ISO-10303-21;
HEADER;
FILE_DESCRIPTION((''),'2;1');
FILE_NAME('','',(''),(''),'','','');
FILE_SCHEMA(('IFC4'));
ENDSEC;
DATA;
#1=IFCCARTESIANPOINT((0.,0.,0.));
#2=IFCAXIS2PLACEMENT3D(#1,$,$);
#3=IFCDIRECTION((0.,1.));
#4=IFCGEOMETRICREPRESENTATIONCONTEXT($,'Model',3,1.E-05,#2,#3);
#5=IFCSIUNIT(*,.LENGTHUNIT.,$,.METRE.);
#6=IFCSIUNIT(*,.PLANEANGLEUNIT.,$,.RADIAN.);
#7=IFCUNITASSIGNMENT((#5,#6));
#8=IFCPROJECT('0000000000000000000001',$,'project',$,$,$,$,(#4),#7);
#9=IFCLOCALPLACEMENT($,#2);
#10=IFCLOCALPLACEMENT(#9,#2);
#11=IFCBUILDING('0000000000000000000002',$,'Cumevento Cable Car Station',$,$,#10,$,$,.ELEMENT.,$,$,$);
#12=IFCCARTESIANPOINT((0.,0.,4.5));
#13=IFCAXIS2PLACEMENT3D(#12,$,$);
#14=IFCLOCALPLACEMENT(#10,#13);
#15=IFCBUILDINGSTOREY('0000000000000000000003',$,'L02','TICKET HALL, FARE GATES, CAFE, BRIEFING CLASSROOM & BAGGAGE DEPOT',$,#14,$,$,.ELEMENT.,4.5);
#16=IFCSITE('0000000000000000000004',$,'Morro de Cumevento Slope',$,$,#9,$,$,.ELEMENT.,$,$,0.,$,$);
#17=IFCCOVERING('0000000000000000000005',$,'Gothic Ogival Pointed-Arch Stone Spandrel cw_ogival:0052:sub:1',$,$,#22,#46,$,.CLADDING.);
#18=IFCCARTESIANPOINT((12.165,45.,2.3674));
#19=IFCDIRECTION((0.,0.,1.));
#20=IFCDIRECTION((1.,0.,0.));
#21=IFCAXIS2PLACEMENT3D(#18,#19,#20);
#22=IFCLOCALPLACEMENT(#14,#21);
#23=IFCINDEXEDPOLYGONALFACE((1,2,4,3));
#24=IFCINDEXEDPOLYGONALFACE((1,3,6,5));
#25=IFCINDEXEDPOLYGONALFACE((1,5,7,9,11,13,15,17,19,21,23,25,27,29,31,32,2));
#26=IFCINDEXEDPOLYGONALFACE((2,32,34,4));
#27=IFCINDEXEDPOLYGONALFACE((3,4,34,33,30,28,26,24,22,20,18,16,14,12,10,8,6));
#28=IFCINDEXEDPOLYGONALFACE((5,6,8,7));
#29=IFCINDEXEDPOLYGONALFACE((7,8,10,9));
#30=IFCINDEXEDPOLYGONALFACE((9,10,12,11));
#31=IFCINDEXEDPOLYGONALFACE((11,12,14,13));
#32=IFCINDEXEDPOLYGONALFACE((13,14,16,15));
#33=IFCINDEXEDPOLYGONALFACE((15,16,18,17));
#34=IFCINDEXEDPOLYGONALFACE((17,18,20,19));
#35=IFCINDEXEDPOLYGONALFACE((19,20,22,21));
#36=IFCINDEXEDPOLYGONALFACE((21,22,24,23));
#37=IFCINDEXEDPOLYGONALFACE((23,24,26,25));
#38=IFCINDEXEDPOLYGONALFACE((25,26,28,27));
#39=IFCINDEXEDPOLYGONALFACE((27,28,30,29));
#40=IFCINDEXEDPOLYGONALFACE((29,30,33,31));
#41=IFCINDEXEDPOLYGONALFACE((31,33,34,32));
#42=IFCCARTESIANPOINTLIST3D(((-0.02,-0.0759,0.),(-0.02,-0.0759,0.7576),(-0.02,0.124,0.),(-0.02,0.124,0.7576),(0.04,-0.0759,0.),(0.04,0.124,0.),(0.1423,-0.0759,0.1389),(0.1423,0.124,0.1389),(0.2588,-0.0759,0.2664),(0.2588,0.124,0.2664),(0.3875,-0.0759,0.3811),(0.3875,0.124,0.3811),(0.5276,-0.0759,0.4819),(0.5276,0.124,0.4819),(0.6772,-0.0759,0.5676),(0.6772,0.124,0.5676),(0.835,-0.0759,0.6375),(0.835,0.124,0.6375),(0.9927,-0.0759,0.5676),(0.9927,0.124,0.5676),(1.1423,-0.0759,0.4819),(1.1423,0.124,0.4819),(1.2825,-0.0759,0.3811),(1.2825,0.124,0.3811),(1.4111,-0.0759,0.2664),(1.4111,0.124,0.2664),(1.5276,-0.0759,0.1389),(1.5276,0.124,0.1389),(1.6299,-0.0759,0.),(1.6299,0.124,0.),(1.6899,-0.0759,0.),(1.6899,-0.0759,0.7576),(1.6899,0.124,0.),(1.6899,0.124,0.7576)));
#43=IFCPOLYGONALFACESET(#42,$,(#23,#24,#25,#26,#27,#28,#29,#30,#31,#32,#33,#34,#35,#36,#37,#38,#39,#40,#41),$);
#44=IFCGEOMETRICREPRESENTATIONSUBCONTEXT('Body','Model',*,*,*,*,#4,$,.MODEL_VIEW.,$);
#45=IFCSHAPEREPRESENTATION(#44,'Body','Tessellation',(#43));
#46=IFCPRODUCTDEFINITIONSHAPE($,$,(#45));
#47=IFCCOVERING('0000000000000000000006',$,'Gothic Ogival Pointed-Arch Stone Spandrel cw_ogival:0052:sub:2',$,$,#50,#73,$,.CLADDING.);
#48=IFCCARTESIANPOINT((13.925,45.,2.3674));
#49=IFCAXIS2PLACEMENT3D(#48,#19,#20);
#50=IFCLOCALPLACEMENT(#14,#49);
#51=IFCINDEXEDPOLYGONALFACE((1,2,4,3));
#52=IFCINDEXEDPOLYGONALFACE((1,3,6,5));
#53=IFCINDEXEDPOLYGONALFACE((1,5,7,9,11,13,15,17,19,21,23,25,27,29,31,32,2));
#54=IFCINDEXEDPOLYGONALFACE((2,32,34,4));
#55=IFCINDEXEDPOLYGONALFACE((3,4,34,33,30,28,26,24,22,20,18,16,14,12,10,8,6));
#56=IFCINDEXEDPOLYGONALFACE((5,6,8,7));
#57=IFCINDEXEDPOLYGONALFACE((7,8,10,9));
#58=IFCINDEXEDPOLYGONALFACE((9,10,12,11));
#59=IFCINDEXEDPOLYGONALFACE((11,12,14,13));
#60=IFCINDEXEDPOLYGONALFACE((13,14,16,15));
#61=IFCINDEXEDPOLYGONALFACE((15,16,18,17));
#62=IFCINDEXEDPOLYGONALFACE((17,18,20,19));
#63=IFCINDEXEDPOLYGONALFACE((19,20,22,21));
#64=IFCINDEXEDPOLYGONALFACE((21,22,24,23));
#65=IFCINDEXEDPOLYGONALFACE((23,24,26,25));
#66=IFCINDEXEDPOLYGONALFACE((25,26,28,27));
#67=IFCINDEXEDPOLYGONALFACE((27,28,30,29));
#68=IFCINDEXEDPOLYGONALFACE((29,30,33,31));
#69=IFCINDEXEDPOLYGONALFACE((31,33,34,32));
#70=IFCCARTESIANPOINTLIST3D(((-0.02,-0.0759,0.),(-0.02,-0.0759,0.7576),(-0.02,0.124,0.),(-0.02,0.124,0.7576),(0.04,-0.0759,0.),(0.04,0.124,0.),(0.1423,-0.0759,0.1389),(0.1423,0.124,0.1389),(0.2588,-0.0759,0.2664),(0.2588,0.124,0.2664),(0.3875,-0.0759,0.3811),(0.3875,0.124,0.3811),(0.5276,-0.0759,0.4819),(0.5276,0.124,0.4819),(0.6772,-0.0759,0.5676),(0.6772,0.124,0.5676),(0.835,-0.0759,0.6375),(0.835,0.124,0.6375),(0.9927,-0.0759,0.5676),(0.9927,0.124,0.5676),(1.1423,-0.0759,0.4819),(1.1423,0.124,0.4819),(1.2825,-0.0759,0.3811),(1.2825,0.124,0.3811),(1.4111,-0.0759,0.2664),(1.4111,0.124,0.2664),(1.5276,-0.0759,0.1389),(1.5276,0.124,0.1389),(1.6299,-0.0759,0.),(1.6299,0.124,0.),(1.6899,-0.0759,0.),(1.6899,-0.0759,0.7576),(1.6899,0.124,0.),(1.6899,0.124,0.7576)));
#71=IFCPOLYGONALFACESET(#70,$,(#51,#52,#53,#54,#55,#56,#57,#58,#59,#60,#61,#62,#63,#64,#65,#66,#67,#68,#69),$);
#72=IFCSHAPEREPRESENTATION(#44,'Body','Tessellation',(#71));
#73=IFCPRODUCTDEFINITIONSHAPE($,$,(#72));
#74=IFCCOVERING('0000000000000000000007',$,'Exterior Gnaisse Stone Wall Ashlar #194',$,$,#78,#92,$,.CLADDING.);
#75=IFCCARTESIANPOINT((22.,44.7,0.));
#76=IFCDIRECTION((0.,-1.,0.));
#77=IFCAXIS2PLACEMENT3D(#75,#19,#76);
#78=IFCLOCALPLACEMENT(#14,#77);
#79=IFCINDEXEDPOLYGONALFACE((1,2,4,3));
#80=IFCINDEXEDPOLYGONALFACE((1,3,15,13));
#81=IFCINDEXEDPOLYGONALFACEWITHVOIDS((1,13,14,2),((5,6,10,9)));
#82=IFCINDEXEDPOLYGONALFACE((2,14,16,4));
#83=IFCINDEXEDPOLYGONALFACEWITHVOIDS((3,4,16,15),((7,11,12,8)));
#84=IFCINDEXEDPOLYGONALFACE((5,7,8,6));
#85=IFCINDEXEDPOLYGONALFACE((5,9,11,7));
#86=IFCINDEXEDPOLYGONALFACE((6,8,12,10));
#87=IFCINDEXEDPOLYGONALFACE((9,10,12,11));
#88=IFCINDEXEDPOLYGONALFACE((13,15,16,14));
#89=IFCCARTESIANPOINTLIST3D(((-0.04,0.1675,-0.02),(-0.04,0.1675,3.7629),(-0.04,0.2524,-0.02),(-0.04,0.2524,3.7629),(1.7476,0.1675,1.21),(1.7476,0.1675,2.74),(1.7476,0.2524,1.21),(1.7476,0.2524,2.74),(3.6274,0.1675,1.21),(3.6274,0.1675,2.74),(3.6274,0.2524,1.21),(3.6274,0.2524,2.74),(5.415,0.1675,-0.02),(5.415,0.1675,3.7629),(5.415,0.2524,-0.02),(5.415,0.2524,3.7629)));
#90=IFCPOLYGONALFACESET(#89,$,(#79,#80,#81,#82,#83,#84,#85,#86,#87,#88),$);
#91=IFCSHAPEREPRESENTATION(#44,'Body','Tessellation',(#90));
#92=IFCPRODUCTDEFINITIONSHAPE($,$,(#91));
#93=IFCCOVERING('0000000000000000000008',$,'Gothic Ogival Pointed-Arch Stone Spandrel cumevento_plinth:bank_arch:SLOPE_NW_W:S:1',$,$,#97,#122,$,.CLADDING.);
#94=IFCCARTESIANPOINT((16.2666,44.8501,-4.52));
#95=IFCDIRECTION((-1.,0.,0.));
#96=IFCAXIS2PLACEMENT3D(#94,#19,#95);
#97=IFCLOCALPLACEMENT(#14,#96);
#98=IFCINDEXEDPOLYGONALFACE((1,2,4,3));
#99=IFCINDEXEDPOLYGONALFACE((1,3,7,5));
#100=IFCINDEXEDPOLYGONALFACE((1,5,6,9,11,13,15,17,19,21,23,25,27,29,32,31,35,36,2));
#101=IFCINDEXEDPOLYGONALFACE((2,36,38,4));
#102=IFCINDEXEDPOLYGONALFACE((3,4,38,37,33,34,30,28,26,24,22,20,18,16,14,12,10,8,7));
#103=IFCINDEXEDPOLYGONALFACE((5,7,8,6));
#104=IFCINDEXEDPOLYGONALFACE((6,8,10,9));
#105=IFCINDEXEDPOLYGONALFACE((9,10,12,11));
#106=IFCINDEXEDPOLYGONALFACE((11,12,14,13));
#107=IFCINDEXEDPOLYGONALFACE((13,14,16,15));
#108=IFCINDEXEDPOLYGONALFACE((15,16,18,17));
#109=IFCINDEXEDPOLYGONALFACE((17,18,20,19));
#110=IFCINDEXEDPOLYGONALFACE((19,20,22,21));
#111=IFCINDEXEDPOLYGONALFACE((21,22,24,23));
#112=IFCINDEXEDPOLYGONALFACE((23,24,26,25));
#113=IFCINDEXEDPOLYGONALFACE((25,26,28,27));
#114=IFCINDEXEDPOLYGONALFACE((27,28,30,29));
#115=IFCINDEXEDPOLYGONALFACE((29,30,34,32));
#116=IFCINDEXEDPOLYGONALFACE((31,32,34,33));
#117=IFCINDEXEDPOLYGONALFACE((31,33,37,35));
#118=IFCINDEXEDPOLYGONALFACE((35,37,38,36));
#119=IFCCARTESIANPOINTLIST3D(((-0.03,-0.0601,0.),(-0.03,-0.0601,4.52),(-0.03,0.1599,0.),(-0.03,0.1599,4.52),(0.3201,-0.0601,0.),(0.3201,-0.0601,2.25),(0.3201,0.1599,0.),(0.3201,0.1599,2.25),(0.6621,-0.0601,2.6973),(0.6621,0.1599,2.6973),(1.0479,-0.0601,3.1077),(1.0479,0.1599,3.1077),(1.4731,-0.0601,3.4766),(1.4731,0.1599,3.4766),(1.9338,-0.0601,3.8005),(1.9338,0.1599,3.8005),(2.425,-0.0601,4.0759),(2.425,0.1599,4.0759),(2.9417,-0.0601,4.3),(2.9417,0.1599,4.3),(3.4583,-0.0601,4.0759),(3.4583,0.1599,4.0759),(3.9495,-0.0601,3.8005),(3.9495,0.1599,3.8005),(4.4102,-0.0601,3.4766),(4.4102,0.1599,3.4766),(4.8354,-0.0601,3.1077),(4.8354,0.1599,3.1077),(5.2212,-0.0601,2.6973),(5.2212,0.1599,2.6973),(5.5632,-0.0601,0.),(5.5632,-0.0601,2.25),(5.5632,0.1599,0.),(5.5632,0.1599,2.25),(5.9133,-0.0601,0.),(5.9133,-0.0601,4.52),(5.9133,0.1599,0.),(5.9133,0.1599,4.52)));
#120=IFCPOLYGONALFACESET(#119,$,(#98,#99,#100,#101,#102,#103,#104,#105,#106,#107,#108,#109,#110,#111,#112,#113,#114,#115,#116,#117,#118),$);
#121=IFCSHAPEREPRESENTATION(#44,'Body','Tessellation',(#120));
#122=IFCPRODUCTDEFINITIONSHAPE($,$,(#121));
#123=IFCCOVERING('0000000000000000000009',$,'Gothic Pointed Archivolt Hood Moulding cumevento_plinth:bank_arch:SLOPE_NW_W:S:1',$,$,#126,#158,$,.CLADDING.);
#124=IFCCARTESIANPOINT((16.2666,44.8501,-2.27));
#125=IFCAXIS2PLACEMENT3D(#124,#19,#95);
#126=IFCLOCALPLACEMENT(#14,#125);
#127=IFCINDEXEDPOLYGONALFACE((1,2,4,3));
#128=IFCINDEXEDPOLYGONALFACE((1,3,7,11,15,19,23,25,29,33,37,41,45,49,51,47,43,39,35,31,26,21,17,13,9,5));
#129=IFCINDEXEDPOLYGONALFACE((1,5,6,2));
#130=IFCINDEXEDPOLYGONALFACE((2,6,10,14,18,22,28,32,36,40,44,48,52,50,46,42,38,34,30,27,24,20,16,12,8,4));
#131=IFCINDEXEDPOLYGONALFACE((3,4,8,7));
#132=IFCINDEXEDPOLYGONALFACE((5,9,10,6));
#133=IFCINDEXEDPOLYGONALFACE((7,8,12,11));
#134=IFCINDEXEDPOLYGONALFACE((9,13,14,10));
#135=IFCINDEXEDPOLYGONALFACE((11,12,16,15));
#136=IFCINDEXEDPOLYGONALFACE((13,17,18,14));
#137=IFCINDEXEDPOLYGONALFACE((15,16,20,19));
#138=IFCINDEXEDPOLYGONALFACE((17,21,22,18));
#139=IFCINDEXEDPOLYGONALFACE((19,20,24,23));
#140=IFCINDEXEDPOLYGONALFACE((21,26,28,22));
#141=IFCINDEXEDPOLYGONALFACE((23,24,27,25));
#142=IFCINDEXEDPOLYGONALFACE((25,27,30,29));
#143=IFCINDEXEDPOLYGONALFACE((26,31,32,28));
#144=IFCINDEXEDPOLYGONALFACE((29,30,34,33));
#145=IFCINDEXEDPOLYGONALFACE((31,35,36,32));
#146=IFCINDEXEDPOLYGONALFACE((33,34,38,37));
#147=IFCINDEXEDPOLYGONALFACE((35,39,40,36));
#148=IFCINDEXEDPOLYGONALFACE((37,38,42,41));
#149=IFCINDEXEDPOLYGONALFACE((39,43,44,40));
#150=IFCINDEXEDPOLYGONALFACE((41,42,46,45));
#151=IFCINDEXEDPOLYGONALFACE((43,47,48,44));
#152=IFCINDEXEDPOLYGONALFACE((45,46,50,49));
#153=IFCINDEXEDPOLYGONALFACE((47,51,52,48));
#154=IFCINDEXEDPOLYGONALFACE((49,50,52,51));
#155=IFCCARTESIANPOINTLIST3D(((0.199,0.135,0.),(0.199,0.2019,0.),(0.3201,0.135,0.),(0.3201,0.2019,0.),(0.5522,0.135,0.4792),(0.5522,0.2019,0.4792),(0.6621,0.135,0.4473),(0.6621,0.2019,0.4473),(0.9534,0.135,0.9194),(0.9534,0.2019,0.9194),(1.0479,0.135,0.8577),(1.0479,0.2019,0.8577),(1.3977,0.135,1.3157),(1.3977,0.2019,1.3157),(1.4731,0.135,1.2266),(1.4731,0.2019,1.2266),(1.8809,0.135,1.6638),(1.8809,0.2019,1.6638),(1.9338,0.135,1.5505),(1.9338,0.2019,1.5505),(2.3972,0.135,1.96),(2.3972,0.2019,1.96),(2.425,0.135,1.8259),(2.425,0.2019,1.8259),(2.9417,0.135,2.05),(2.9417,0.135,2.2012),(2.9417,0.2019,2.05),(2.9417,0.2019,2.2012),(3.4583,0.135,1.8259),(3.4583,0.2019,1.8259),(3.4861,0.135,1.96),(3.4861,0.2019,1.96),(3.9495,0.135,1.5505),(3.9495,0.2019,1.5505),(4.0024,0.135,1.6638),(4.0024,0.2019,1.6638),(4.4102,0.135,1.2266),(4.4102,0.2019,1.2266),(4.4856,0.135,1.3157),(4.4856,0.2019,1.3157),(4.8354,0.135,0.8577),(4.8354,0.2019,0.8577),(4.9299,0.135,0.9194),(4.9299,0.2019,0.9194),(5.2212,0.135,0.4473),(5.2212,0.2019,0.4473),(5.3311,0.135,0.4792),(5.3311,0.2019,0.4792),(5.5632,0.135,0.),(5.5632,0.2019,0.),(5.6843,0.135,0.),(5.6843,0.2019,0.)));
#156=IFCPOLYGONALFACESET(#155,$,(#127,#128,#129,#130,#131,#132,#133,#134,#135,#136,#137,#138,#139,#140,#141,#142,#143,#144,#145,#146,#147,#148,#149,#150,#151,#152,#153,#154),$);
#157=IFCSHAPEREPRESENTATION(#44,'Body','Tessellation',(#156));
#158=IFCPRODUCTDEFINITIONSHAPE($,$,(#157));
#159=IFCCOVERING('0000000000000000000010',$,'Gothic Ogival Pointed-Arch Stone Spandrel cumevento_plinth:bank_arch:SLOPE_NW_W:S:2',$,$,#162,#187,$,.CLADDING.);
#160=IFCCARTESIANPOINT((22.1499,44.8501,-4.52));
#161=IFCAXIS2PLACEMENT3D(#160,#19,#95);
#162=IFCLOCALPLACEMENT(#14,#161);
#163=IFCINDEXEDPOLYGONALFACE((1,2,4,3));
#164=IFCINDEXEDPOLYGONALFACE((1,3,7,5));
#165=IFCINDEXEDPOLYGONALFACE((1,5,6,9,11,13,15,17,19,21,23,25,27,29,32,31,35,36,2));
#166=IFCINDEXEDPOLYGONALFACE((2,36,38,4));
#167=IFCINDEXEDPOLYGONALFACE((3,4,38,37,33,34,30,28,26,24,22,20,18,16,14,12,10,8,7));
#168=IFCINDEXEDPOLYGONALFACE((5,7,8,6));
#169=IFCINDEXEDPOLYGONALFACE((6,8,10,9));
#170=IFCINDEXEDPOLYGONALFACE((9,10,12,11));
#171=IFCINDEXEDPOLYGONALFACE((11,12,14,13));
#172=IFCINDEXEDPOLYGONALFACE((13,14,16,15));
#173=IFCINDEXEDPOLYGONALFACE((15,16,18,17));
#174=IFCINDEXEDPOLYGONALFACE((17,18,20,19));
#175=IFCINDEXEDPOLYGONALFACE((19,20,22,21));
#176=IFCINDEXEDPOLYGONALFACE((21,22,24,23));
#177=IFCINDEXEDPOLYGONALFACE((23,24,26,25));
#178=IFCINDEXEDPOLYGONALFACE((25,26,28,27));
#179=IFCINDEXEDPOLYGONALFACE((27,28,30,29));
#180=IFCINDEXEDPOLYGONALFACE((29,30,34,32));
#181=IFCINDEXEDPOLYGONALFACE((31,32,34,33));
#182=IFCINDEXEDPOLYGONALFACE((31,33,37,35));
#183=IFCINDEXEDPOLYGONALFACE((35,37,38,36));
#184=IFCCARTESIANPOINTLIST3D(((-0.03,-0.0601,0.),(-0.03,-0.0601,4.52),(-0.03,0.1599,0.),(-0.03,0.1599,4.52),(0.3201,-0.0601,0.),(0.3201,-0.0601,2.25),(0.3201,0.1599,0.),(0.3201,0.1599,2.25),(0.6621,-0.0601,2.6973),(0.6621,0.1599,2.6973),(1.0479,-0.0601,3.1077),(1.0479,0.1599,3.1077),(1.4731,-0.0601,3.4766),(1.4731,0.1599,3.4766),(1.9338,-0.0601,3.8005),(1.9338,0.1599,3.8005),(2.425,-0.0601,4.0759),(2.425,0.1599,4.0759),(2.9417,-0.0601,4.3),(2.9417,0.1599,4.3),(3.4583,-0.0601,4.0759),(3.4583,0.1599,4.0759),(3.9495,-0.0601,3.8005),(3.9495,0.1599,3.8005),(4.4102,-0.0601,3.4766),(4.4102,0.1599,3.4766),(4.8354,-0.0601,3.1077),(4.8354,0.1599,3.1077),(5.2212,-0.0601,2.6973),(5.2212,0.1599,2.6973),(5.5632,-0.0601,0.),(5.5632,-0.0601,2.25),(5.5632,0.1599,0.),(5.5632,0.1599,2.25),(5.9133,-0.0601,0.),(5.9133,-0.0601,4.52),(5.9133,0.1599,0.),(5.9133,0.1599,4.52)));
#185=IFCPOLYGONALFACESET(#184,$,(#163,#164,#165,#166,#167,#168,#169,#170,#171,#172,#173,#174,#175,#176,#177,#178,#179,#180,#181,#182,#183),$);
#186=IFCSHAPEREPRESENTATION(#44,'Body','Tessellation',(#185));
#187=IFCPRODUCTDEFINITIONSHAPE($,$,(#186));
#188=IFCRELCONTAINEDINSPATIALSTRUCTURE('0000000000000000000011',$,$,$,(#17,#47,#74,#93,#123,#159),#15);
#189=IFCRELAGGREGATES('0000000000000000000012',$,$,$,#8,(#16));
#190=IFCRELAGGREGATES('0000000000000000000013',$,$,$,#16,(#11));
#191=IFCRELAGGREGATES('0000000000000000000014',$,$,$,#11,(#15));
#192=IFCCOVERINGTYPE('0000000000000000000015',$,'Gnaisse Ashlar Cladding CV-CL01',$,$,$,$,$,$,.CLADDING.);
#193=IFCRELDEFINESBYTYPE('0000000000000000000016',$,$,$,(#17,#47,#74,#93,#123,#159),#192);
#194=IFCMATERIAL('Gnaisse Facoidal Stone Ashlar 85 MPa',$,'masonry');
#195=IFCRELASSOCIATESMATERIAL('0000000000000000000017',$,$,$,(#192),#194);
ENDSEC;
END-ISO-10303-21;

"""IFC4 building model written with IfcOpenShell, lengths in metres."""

from ifc_helpers import new_model, si_unit, direction, frame, origin, place, context, subcontext, project, spatial, polyline, outline, extrude, material, type_object, element, save


model = new_model("IFC4")

# Units and contexts
model_context = context("Model", 3, precision=1e-05, world=origin(), true_north=direction((0.0, 1.0)))
body_context = subcontext(model_context, "Body", "Model", "MODEL_VIEW")
ifc_project = project(units=[si_unit("LENGTHUNIT", "METRE"), si_unit("PLANEANGLEUNIT", "RADIAN")], contexts=[model_context])

# Site, building, storey
site_placement = place(None, origin())
site = spatial("IfcSite", under=ifc_project, at=site_placement, Name="Morro de Cumevento Slope", CompositionType="ELEMENT", RefElevation=0.0)
building_placement = place(site_placement, origin())
building = spatial("IfcBuilding", under=site, at=building_placement, Name="Cumevento Cable Car Station", CompositionType="ELEMENT")
storey_placement = place(building_placement, frame((0.0, 0.0, 4.5)))
storey = spatial("IfcBuildingStorey", under=building, at=storey_placement, Name="L02", Description="TICKET HALL, FARE GATES, CAFE, BRIEFING CLASSROOM & BAGGAGE DEPOT", CompositionType="ELEMENT", Elevation=4.5)

# Coverings
ifc_material_1 = material(Name="Gnaisse Facoidal Stone Ashlar 85 MPa", Category="masonry")
covering_type = type_object("IfcCoveringType", Name="Gnaisse Ashlar Cladding CV-CL01", PredefinedType="CLADDING", material=ifc_material_1)
for number, where, z_axis, x_axis, name in (
    (1, (12.165, 45.0, 2.3674), (0.0, 0.0, 1.0), (1.0, 0.0, 0.0), "Gothic Ogival Pointed-Arch Stone Spandrel cw_ogival:0052:sub:1"),
    (2, (13.925, 45.0, 2.3674), (0.0, 0.0, 1.0), (1.0, 0.0, 0.0), "Gothic Ogival Pointed-Arch Stone Spandrel cw_ogival:0052:sub:2"),
):
    element("IfcCovering", number, at=place(storey_placement, frame(where, z_axis=z_axis, x_axis=x_axis)), inside=storey, type_object=covering_type, Name=name, PredefinedType="CLADDING", context=body_context, shape_type="SweptSolid", body=[
        extrude(outline(polyline([(-0.02, 0.0), (-0.02, 0.7576), (1.6899, 0.7576), (1.6899, 0.0), (1.6299, 0.0), (1.5276, 0.1389), (1.4111, 0.2664), (1.2825, 0.3811), (1.1423, 0.4819), (0.9927, 0.5676), (0.835, 0.6375), (0.6772, 0.5676), (0.5276, 0.4819), (0.3875, 0.3811), (0.2588, 0.2664), (0.1423, 0.1389), (0.04, 0.0), (-0.02, 0.0)])), frame((0.0, 0.124, 0.0), z_axis=(0.0, -1.0, 0.0), x_axis=(1.0, 0.0, 0.0)), (0.0, 0.0, 1.0), 0.2),
    ])
covering_1_placement = place(storey_placement, frame((22.0, 44.7, 0.0), z_axis=(0.0, 0.0, 1.0), x_axis=(0.0, -1.0, 0.0)))
element("IfcCovering", 3, at=covering_1_placement, inside=storey, type_object=covering_type, Name="Exterior Gnaisse Stone Wall Ashlar #194", PredefinedType="CLADDING", context=body_context, shape_type="SweptSolid", body=[
    extrude(outline(polyline([(-0.04, -0.02), (5.415, -0.02), (5.415, 3.7629), (-0.04, 3.7629), (-0.04, -0.02)]), holes=[polyline([(1.7476, 1.21), (3.6274, 1.21), (3.6274, 2.74), (1.7476, 2.74), (1.7476, 1.21)])]), frame((0.0, 0.2524, 0.0), z_axis=(0.0, -1.0, 0.0), x_axis=(1.0, 0.0, 0.0)), (0.0, 0.0, 1.0), 0.085),
])
covering_2_placement = place(storey_placement, frame((16.2666, 44.8501, -4.52), z_axis=(0.0, 0.0, 1.0), x_axis=(-1.0, 0.0, 0.0)))
element("IfcCovering", 4, at=covering_2_placement, inside=storey, type_object=covering_type, Name="Gothic Ogival Pointed-Arch Stone Spandrel cumevento_plinth:bank_arch:SLOPE_NW_W:S:1", PredefinedType="CLADDING", context=body_context, shape_type="SweptSolid", body=[
    extrude(outline(polyline([(-0.03, 0.0), (-0.03, 4.52), (5.9133, 4.52), (5.9133, 0.0), (5.5632, 0.0), (5.5632, 2.25), (5.2212, 2.6973), (4.8354, 3.1077), (4.4102, 3.4766), (3.9495, 3.8005), (3.4583, 4.0759), (2.9417, 4.3), (2.425, 4.0759), (1.9338, 3.8005), (1.4731, 3.4766), (1.0479, 3.1077), (0.6621, 2.6973), (0.3201, 2.25), (0.3201, 0.0), (-0.03, 0.0)])), frame((0.0, 0.1599, 0.0), z_axis=(0.0, -1.0, 0.0), x_axis=(1.0, 0.0, 0.0)), (0.0, 0.0, 1.0), 0.22),
])
covering_3_placement = place(storey_placement, frame((16.2666, 44.8501, -2.27), z_axis=(0.0, 0.0, 1.0), x_axis=(-1.0, 0.0, 0.0)))
element("IfcCovering", 5, at=covering_3_placement, inside=storey, type_object=covering_type, Name="Gothic Pointed Archivolt Hood Moulding cumevento_plinth:bank_arch:SLOPE_NW_W:S:1", PredefinedType="CLADDING", context=body_context, shape_type="SweptSolid", body=[
    extrude(outline(polyline([(0.3201, 0.0), (0.6621, 0.4473), (1.0479, 0.8577), (1.4731, 1.2266), (1.9338, 1.5505), (2.425, 1.8259), (2.9417, 2.05), (3.4583, 1.8259), (3.9495, 1.5505), (4.4102, 1.2266), (4.8354, 0.8577), (5.2212, 0.4473), (5.5632, 0.0), (5.6843, 0.0), (5.3311, 0.4792), (4.9299, 0.9194), (4.4856, 1.3157), (4.0024, 1.6638), (3.4861, 1.96), (2.9417, 2.2012), (2.3972, 1.96), (1.8809, 1.6638), (1.3977, 1.3157), (0.9534, 0.9194), (0.5522, 0.4792), (0.199, 0.0), (0.3201, 0.0)])), frame((0.0, 0.2019, 0.0), z_axis=(0.0, -1.0, 0.0), x_axis=(1.0, 0.0, 0.0)), (0.0, 0.0, 1.0), 0.0669),
])
covering_4_placement = place(storey_placement, frame((22.1499, 44.8501, -4.52), z_axis=(0.0, 0.0, 1.0), x_axis=(-1.0, 0.0, 0.0)))
element("IfcCovering", 6, at=covering_4_placement, inside=storey, type_object=covering_type, Name="Gothic Ogival Pointed-Arch Stone Spandrel cumevento_plinth:bank_arch:SLOPE_NW_W:S:2", PredefinedType="CLADDING", context=body_context, shape_type="SweptSolid", body=[
    extrude(outline(polyline([(-0.03, 0.0), (-0.03, 4.52), (5.9133, 4.52), (5.9133, 0.0), (5.5632, 0.0), (5.5632, 2.25), (5.2212, 2.6973), (4.8354, 3.1077), (4.4102, 3.4766), (3.9495, 3.8005), (3.4583, 4.0759), (2.9417, 4.3), (2.425, 4.0759), (1.9338, 3.8005), (1.4731, 3.4766), (1.0479, 3.1077), (0.6621, 2.6973), (0.3201, 2.25), (0.3201, 0.0), (-0.03, 0.0)])), frame((0.0, 0.1599, 0.0), z_axis=(0.0, -1.0, 0.0), x_axis=(1.0, 0.0, 0.0)), (0.0, 0.0, 1.0), 0.22),
])

save(model, "model.ifc")
